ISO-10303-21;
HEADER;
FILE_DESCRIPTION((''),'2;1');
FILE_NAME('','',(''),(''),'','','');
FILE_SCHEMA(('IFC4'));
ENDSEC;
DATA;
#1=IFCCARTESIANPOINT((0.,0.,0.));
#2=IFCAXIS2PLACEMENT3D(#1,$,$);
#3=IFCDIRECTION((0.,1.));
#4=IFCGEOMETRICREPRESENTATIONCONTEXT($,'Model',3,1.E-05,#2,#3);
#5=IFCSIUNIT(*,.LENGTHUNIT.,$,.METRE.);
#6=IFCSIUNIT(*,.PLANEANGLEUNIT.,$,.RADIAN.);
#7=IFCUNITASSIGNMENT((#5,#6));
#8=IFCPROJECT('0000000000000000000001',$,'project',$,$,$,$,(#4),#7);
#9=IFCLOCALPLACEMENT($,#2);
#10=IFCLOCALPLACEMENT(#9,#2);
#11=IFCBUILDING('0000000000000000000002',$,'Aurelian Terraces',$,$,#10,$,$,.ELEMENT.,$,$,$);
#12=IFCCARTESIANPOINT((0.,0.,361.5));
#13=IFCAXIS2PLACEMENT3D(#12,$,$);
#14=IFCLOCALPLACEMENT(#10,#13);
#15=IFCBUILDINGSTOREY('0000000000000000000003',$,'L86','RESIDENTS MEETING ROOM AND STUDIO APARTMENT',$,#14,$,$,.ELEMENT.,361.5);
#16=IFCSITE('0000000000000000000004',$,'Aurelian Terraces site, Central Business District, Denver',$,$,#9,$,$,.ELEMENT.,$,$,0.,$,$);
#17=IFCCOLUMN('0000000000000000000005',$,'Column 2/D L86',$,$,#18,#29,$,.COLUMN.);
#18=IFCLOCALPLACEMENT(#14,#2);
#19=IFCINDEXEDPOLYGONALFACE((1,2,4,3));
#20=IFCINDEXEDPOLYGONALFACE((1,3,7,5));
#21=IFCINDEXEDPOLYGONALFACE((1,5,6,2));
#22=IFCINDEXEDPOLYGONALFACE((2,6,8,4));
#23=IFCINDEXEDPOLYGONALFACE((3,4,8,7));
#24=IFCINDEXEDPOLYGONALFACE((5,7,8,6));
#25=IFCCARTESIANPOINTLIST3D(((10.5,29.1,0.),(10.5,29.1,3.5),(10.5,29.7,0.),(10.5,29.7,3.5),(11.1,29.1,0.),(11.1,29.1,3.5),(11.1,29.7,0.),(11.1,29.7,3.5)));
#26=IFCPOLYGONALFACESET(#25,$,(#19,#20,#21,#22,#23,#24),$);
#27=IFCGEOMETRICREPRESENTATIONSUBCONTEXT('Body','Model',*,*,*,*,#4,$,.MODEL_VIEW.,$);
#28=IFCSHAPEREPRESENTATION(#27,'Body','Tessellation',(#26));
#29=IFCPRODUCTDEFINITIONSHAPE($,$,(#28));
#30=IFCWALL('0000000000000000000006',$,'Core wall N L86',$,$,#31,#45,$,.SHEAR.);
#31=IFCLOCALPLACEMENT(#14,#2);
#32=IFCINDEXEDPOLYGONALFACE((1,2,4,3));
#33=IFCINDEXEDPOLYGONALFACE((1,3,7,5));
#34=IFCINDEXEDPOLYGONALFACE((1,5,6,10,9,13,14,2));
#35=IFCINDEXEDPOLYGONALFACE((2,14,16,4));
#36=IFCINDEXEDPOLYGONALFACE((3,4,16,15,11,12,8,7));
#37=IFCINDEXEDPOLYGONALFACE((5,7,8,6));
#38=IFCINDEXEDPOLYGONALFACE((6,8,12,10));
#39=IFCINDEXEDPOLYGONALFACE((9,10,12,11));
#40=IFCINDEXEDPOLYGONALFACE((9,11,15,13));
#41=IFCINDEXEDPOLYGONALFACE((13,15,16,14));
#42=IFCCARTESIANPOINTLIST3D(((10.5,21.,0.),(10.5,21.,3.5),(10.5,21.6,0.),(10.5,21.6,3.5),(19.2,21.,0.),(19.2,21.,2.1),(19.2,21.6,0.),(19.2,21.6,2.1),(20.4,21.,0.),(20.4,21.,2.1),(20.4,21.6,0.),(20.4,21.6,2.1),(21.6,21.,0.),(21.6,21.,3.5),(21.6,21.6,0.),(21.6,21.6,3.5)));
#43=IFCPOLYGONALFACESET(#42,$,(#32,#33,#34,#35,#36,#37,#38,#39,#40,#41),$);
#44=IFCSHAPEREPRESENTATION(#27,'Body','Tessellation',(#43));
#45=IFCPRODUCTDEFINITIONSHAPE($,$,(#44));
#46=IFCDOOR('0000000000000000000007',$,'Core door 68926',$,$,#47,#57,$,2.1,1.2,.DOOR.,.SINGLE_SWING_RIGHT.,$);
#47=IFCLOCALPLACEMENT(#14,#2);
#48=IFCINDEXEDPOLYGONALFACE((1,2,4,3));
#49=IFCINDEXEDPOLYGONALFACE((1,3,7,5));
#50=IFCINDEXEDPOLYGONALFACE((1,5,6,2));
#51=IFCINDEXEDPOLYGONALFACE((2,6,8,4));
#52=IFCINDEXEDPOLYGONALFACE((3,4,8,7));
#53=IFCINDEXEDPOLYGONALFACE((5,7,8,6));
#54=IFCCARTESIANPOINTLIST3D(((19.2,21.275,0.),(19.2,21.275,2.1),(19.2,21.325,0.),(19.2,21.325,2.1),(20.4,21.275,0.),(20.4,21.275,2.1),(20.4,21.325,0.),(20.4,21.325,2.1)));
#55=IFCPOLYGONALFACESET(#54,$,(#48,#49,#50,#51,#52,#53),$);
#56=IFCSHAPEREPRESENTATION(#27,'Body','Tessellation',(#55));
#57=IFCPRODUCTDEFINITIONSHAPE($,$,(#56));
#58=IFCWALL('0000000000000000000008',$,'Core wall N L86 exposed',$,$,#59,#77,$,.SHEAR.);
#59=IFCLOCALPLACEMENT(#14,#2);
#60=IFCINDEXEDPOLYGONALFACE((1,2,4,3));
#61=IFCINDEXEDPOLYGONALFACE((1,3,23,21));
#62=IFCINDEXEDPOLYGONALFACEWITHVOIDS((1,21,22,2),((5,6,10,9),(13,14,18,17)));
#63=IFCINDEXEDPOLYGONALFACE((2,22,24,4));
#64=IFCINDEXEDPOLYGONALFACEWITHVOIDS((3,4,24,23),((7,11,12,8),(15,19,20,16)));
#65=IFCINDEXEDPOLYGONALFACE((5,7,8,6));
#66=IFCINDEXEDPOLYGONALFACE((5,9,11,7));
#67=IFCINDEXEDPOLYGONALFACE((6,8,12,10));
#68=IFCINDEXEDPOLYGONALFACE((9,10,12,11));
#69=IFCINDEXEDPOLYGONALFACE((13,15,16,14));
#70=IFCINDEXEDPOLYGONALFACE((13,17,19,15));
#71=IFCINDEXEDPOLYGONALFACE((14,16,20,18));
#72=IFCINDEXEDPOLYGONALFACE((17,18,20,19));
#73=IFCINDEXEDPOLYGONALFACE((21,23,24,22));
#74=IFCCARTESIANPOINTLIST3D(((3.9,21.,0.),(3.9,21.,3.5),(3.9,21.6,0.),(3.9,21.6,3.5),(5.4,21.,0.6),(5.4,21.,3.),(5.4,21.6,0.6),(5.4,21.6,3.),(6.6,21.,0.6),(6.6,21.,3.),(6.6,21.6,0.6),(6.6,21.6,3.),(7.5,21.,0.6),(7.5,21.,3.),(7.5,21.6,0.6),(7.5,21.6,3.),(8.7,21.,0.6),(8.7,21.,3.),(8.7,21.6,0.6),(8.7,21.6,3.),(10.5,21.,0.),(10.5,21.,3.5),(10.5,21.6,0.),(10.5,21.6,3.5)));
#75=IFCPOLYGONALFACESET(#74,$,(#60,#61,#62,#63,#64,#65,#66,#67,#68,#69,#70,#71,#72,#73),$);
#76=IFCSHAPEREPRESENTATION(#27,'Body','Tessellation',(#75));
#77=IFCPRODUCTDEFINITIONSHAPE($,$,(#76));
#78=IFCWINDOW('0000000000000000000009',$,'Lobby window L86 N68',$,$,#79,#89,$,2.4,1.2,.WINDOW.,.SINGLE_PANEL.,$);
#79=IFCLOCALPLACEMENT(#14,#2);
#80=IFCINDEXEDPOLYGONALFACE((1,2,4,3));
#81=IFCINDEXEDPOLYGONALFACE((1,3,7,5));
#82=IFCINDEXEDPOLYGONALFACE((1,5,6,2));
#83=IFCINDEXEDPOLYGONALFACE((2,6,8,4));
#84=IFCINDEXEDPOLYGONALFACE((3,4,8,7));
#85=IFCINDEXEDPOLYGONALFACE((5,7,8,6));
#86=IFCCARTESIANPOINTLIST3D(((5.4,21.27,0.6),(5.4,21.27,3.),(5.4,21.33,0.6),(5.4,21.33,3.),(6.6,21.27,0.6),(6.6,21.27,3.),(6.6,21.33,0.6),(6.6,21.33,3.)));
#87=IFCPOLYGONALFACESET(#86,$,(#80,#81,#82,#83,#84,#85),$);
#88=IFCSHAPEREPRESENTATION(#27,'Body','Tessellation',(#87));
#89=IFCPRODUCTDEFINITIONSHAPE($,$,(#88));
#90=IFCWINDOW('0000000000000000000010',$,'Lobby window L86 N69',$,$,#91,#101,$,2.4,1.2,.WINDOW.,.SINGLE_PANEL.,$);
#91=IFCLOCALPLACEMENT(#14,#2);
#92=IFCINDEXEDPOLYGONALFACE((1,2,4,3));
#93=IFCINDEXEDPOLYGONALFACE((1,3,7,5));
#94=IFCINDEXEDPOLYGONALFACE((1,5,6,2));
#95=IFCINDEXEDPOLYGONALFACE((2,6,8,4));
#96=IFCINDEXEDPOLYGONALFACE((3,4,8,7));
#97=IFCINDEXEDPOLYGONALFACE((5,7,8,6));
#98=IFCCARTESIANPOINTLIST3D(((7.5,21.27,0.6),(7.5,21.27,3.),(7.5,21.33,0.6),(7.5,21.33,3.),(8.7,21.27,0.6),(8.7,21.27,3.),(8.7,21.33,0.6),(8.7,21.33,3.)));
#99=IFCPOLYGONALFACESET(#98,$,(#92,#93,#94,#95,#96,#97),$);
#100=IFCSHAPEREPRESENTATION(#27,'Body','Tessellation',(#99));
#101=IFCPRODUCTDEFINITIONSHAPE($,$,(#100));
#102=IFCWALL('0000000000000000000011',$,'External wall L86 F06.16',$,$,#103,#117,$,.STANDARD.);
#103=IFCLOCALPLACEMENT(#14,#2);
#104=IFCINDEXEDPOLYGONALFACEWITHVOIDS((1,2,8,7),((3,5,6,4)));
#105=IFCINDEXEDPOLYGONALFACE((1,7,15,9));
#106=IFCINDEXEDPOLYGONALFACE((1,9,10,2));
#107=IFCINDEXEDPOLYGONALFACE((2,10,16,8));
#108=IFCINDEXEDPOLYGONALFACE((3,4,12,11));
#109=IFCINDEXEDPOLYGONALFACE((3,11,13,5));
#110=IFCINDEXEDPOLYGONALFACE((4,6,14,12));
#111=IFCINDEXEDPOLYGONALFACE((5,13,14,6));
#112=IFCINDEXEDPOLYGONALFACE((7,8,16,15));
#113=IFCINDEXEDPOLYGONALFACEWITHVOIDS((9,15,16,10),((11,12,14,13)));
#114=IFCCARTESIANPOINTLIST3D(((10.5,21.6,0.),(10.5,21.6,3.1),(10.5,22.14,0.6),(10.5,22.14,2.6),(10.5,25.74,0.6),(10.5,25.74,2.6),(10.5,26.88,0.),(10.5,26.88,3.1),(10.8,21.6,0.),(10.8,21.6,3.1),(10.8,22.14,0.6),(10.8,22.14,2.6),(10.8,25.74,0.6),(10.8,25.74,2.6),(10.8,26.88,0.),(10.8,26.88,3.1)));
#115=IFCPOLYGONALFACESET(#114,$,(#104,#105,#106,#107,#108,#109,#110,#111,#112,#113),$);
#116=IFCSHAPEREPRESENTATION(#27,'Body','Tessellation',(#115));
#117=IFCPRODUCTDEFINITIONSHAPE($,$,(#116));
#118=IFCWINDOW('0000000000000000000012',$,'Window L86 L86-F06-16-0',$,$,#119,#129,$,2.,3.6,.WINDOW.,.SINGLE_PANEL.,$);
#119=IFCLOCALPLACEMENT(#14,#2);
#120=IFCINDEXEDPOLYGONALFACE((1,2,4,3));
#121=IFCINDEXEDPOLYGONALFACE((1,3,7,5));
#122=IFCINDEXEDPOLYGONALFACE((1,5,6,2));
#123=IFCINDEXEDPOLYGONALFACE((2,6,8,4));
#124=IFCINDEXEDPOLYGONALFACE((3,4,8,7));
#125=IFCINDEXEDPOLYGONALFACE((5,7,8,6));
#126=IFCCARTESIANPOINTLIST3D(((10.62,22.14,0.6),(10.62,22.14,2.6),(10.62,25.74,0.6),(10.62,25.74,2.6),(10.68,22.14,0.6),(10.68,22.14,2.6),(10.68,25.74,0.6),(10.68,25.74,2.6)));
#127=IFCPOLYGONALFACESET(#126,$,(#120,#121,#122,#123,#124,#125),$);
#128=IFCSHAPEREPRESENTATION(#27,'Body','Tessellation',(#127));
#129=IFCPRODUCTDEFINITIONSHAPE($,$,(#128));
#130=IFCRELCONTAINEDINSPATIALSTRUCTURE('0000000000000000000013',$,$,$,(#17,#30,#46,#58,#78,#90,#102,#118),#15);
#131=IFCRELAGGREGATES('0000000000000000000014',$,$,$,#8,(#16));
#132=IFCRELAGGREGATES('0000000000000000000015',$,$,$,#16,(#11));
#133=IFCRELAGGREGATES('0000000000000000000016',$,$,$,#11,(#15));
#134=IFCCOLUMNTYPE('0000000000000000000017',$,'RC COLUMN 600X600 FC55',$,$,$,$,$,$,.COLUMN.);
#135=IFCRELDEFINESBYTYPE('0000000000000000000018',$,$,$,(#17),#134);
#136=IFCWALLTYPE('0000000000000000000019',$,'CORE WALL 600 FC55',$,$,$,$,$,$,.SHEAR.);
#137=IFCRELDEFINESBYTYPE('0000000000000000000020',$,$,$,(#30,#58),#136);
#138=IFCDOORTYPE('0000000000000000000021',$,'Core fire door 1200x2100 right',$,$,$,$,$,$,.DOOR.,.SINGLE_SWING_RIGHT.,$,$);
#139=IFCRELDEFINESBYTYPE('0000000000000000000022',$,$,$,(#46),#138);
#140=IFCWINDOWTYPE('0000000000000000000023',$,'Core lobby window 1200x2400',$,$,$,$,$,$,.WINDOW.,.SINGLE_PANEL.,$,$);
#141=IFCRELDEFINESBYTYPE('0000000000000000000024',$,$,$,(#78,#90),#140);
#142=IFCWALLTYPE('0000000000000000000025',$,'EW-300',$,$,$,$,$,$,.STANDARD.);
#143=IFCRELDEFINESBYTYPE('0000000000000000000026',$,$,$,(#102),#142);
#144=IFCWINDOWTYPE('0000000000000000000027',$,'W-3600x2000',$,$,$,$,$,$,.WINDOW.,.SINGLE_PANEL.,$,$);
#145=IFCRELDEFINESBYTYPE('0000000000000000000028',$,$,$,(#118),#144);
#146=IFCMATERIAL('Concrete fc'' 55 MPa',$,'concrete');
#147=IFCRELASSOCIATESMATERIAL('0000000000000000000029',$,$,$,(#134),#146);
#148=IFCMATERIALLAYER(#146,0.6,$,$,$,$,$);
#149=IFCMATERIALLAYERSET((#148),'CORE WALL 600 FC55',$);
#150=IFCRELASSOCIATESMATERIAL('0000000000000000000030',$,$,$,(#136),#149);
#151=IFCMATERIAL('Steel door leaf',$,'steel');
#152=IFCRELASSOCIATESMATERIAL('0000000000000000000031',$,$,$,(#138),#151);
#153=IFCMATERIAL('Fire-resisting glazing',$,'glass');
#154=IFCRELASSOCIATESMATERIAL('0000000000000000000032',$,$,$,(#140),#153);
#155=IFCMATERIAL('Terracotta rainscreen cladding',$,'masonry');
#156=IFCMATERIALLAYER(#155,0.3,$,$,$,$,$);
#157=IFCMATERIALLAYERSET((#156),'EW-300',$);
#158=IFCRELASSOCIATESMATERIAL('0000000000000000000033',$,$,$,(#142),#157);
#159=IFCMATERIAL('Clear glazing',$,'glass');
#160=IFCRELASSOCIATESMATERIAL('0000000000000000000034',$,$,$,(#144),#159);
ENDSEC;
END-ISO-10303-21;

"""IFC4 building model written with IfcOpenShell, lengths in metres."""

from ifc_helpers import new_model, si_unit, direction, frame, frame_2d, origin, origin_2d, place, context, subcontext, project, spatial, rectangle, extrude, source, transform, mapped, material, layer, layer_set, material_profile, profile_set, type_object, element, fill, save


model = new_model("IFC4")

# Units and contexts
model_context = context("Model", 3, precision=1e-05, world=origin(), true_north=direction((0.0, 1.0)))
body_context = subcontext(model_context, "Body", "Model", "MODEL_VIEW")
ifc_project = project(units=[si_unit("LENGTHUNIT", "METRE"), si_unit("PLANEANGLEUNIT", "RADIAN")], contexts=[model_context])

# Site, building, storey
site_placement = place(None, origin())
site = spatial("IfcSite", under=ifc_project, at=site_placement, Name="Aurelian Terraces site, Central Business District, Denver", CompositionType="ELEMENT", RefElevation=0.0)
building_placement = place(site_placement, origin())
building = spatial("IfcBuilding", under=site, at=building_placement, Name="Aurelian Terraces", CompositionType="ELEMENT")
storey_placement = place(building_placement, frame((0.0, 0.0, 361.5)))
storey = spatial("IfcBuildingStorey", under=building, at=storey_placement, Name="L86", Description="RESIDENTS MEETING ROOM AND STUDIO APARTMENT", CompositionType="ELEMENT", Elevation=361.5)

# Column
ifc_material_1 = material(Name="Concrete fc' 55 MPa", Category="concrete")
ifc_material_profile = material_profile(ifc_material_1, rectangle(XDim=0.6, YDim=0.6, at=origin_2d()))
ifc_profile_set = profile_set([ifc_material_profile], Name="Concrete fc' 55 MPa")
column_type = type_object("IfcColumnType", Name="RC COLUMN 600X600 FC55", PredefinedType="COLUMN", material=ifc_profile_set)
shared_shape_1 = source(origin(), body_context, "Body", "SweptSolid", [
    extrude(rectangle(XDim=0.6, YDim=0.6, at=origin_2d()), origin(), (0.0, 0.0, 1.0), 3.5),
])
column_placement = place(storey_placement, frame((10.8, 29.4, 0.0), z_axis=(0.0, 0.0, 1.0), x_axis=(1.0, 0.0, 0.0)))
element("IfcColumn", 1, at=column_placement, inside=storey, type_object=column_type, Name="Column 2/D L86", PredefinedType="COLUMN", context=body_context, shape_type="MappedRepresentation", body=[
    mapped(shared_shape_1, transform((0.0, 0.0, 0.0), scale=1.0)),
])

# Wall, opening, door
ifc_layer_1 = layer(ifc_material_1, 0.6)
ifc_layer_set_1 = layer_set([ifc_layer_1], Name="CORE WALL 600 FC55")
wall_type_1 = type_object("IfcWallType", Name="CORE WALL 600 FC55", PredefinedType="SHEAR", material=ifc_layer_set_1)
shared_shape_2 = source(origin(), body_context, "Body", "SweptSolid", [
    extrude(rectangle(XDim=11.1, YDim=0.6, at=frame_2d((5.55, 0.0))), origin(), (0.0, 0.0, 1.0), 3.5),
])
wall_1_placement = place(storey_placement, frame((10.5, 21.3, 0.0), z_axis=(0.0, 0.0, 1.0), x_axis=(1.0, 0.0, 0.0)))
wall_1 = element("IfcWall", 2, at=wall_1_placement, inside=storey, type_object=wall_type_1, Name="Core wall N L86", PredefinedType="SHEAR", context=body_context, shape_type="MappedRepresentation", body=[
    mapped(shared_shape_2, transform((0.0, 0.0, 0.0), scale=1.0)),
])
shared_shape_3 = source(origin(), body_context, "Body", "SweptSolid", [
    extrude(rectangle(XDim=1.2, YDim=2.1, at=frame_2d((0.6, 1.05))), frame((0.0, 0.31, 0.0), z_axis=(0.0, -1.0, 0.0), x_axis=(1.0, 0.0, 0.0)), (0.0, 0.0, 1.0), 0.62),
])
opening_1_placement = place(wall_1_placement, frame((8.7, 0.0, 0.0)))
opening_1 = element("IfcOpeningElement", 3, at=opening_1_placement, cuts=wall_1, PredefinedType="OPENING", context=body_context, shape_type="MappedRepresentation", body=[
    mapped(shared_shape_3, transform((0.0, 0.0, 0.0), scale=1.0)),
])
ifc_material_2 = material(Name="Steel door leaf", Category="steel")
door_type_1 = type_object("IfcDoorType", Name="Core fire door 1200x2100 right", OperationType="SINGLE_SWING_RIGHT", PredefinedType="DOOR", material=ifc_material_2)
shared_shape_4 = source(origin(), body_context, "Body", "SweptSolid", [
    extrude(rectangle(XDim=1.2, YDim=2.1, at=frame_2d((0.6, 1.05))), frame((0.0, 0.025, 0.0), z_axis=(0.0, -1.0, 0.0), x_axis=(1.0, 0.0, 0.0)), (0.0, 0.0, 1.0), 0.05),
])
door_1_placement = place(opening_1_placement, origin())
door_1 = element("IfcDoor", 4, at=door_1_placement, inside=storey, type_object=door_type_1, Name="Core door 68926", OperationType="SINGLE_SWING_RIGHT", OverallHeight=2.1, OverallWidth=1.2, PredefinedType="DOOR", context=body_context, shape_type="MappedRepresentation", body=[
    mapped(shared_shape_4, transform((0.0, 0.0, 0.0), scale=1.0)),
])
fill(opening_1, door_1)

# Wall, openings, windows
shared_shape_5 = source(origin(), body_context, "Body", "SweptSolid", [
    extrude(rectangle(XDim=6.6, YDim=0.6, at=frame_2d((3.3, 0.0))), origin(), (0.0, 0.0, 1.0), 3.5),
])
wall_2_placement = place(storey_placement, frame((3.9, 21.3, 0.0), z_axis=(0.0, 0.0, 1.0), x_axis=(1.0, 0.0, 0.0)))
wall_2 = element("IfcWall", 5, at=wall_2_placement, inside=storey, type_object=wall_type_1, Name="Core wall N L86 exposed", PredefinedType="SHEAR", context=body_context, shape_type="MappedRepresentation", body=[
    mapped(shared_shape_5, transform((0.0, 0.0, 0.0), scale=1.0)),
])
shared_shape_6 = source(origin(), body_context, "Body", "SweptSolid", [
    extrude(rectangle(XDim=1.2, YDim=2.4, at=frame_2d((0.6, 1.2))), frame((0.0, 0.31, 0.0), z_axis=(0.0, -1.0, 0.0), x_axis=(1.0, 0.0, 0.0)), (0.0, 0.0, 1.0), 0.62),
])
opening_2_placement = place(wall_2_placement, frame((1.5, 0.0, 0.6)))
opening_2 = element("IfcOpeningElement", 6, at=opening_2_placement, cuts=wall_2, PredefinedType="OPENING", context=body_context, shape_type="MappedRepresentation", body=[
    mapped(shared_shape_6, transform((0.0, 0.0, 0.0), scale=1.0)),
])
opening_3_placement = place(wall_2_placement, frame((3.6, 0.0, 0.6)))
opening_3 = element("IfcOpeningElement", 7, at=opening_3_placement, cuts=wall_2, PredefinedType="OPENING", context=body_context, shape_type="MappedRepresentation", body=[
    mapped(shared_shape_6, transform((0.0, 0.0, 0.0), scale=1.0)),
])
ifc_material_3 = material(Name="Fire-resisting glazing", Category="glass")
window_type_1 = type_object("IfcWindowType", Name="Core lobby window 1200x2400", PartitioningType="SINGLE_PANEL", PredefinedType="WINDOW", material=ifc_material_3)
shared_shape_7 = source(origin(), body_context, "Body", "SweptSolid", [
    extrude(rectangle(XDim=1.2, YDim=2.4, at=frame_2d((0.6, 1.2))), frame((0.0, 0.03, 0.0), z_axis=(0.0, -1.0, 0.0), x_axis=(1.0, 0.0, 0.0)), (0.0, 0.0, 1.0), 0.06),
])
window_1_placement = place(opening_2_placement, origin())
window_1 = element("IfcWindow", 8, at=window_1_placement, inside=storey, type_object=window_type_1, Name="Lobby window L86 N68", OverallHeight=2.4, OverallWidth=1.2, PartitioningType="SINGLE_PANEL", PredefinedType="WINDOW", context=body_context, shape_type="MappedRepresentation", body=[
    mapped(shared_shape_7, transform((0.0, 0.0, 0.0), scale=1.0)),
])
fill(opening_2, window_1)
window_2_placement = place(opening_3_placement, origin())
window_2 = element("IfcWindow", 9, at=window_2_placement, inside=storey, type_object=window_type_1, Name="Lobby window L86 N69", OverallHeight=2.4, OverallWidth=1.2, PartitioningType="SINGLE_PANEL", PredefinedType="WINDOW", context=body_context, shape_type="MappedRepresentation", body=[
    mapped(shared_shape_7, transform((0.0, 0.0, 0.0), scale=1.0)),
])
fill(opening_3, window_2)

# Wall, opening, window
ifc_material_4 = material(Name="Terracotta rainscreen cladding", Category="masonry")
ifc_layer_2 = layer(ifc_material_4, 0.3)
ifc_layer_set_2 = layer_set([ifc_layer_2], Name="EW-300")
wall_type_2 = type_object("IfcWallType", Name="EW-300", PredefinedType="STANDARD", material=ifc_layer_set_2)
shared_shape_8 = source(origin(), body_context, "Body", "SweptSolid", [
    extrude(rectangle(XDim=5.28, YDim=0.3, at=frame_2d((2.64, 0.0))), origin(), (0.0, 0.0, 1.0), 3.1),
])
wall_3_placement = place(storey_placement, frame((10.65, 26.88, 0.0), z_axis=(0.0, 0.0, 1.0), x_axis=(0.0, -1.0, 0.0)))
wall_3 = element("IfcWall", 10, at=wall_3_placement, inside=storey, type_object=wall_type_2, Name="External wall L86 F06.16", PredefinedType="STANDARD", context=body_context, shape_type="MappedRepresentation", body=[
    mapped(shared_shape_8, transform((0.0, 0.0, 0.0), scale=1.0)),
])
shared_shape_9 = source(origin(), body_context, "Body", "SweptSolid", [
    extrude(rectangle(XDim=3.6, YDim=2.0, at=frame_2d((1.8, 1.0))), frame((0.0, 0.16, 0.0), z_axis=(0.0, -1.0, 0.0), x_axis=(1.0, 0.0, 0.0)), (0.0, 0.0, 1.0), 0.32),
])
opening_4_placement = place(wall_3_placement, frame((1.14, 0.0, 0.6)))
opening_4 = element("IfcOpeningElement", 11, at=opening_4_placement, cuts=wall_3, PredefinedType="OPENING", context=body_context, shape_type="MappedRepresentation", body=[
    mapped(shared_shape_9, transform((0.0, 0.0, 0.0), scale=1.0)),
])
ifc_material_5 = material(Name="Clear glazing", Category="glass")
window_type_2 = type_object("IfcWindowType", Name="W-3600x2000", PartitioningType="SINGLE_PANEL", PredefinedType="WINDOW", material=ifc_material_5)
shared_shape_10 = source(origin(), body_context, "Body", "SweptSolid", [
    extrude(rectangle(XDim=3.6, YDim=2.0, at=frame_2d((1.8, 1.0))), frame((0.0, 0.03, 0.0), z_axis=(0.0, -1.0, 0.0), x_axis=(1.0, 0.0, 0.0)), (0.0, 0.0, 1.0), 0.06),
])
window_3_placement = place(opening_4_placement, origin())
window_3 = element("IfcWindow", 12, at=window_3_placement, inside=storey, type_object=window_type_2, Name="Window L86 L86-F06-16-0", OverallHeight=2.0, OverallWidth=3.6, PartitioningType="SINGLE_PANEL", PredefinedType="WINDOW", context=body_context, shape_type="MappedRepresentation", body=[
    mapped(shared_shape_10, transform((0.0, 0.0, 0.0), scale=1.0)),
])
fill(opening_4, window_3)

save(model, "model.ifc")
